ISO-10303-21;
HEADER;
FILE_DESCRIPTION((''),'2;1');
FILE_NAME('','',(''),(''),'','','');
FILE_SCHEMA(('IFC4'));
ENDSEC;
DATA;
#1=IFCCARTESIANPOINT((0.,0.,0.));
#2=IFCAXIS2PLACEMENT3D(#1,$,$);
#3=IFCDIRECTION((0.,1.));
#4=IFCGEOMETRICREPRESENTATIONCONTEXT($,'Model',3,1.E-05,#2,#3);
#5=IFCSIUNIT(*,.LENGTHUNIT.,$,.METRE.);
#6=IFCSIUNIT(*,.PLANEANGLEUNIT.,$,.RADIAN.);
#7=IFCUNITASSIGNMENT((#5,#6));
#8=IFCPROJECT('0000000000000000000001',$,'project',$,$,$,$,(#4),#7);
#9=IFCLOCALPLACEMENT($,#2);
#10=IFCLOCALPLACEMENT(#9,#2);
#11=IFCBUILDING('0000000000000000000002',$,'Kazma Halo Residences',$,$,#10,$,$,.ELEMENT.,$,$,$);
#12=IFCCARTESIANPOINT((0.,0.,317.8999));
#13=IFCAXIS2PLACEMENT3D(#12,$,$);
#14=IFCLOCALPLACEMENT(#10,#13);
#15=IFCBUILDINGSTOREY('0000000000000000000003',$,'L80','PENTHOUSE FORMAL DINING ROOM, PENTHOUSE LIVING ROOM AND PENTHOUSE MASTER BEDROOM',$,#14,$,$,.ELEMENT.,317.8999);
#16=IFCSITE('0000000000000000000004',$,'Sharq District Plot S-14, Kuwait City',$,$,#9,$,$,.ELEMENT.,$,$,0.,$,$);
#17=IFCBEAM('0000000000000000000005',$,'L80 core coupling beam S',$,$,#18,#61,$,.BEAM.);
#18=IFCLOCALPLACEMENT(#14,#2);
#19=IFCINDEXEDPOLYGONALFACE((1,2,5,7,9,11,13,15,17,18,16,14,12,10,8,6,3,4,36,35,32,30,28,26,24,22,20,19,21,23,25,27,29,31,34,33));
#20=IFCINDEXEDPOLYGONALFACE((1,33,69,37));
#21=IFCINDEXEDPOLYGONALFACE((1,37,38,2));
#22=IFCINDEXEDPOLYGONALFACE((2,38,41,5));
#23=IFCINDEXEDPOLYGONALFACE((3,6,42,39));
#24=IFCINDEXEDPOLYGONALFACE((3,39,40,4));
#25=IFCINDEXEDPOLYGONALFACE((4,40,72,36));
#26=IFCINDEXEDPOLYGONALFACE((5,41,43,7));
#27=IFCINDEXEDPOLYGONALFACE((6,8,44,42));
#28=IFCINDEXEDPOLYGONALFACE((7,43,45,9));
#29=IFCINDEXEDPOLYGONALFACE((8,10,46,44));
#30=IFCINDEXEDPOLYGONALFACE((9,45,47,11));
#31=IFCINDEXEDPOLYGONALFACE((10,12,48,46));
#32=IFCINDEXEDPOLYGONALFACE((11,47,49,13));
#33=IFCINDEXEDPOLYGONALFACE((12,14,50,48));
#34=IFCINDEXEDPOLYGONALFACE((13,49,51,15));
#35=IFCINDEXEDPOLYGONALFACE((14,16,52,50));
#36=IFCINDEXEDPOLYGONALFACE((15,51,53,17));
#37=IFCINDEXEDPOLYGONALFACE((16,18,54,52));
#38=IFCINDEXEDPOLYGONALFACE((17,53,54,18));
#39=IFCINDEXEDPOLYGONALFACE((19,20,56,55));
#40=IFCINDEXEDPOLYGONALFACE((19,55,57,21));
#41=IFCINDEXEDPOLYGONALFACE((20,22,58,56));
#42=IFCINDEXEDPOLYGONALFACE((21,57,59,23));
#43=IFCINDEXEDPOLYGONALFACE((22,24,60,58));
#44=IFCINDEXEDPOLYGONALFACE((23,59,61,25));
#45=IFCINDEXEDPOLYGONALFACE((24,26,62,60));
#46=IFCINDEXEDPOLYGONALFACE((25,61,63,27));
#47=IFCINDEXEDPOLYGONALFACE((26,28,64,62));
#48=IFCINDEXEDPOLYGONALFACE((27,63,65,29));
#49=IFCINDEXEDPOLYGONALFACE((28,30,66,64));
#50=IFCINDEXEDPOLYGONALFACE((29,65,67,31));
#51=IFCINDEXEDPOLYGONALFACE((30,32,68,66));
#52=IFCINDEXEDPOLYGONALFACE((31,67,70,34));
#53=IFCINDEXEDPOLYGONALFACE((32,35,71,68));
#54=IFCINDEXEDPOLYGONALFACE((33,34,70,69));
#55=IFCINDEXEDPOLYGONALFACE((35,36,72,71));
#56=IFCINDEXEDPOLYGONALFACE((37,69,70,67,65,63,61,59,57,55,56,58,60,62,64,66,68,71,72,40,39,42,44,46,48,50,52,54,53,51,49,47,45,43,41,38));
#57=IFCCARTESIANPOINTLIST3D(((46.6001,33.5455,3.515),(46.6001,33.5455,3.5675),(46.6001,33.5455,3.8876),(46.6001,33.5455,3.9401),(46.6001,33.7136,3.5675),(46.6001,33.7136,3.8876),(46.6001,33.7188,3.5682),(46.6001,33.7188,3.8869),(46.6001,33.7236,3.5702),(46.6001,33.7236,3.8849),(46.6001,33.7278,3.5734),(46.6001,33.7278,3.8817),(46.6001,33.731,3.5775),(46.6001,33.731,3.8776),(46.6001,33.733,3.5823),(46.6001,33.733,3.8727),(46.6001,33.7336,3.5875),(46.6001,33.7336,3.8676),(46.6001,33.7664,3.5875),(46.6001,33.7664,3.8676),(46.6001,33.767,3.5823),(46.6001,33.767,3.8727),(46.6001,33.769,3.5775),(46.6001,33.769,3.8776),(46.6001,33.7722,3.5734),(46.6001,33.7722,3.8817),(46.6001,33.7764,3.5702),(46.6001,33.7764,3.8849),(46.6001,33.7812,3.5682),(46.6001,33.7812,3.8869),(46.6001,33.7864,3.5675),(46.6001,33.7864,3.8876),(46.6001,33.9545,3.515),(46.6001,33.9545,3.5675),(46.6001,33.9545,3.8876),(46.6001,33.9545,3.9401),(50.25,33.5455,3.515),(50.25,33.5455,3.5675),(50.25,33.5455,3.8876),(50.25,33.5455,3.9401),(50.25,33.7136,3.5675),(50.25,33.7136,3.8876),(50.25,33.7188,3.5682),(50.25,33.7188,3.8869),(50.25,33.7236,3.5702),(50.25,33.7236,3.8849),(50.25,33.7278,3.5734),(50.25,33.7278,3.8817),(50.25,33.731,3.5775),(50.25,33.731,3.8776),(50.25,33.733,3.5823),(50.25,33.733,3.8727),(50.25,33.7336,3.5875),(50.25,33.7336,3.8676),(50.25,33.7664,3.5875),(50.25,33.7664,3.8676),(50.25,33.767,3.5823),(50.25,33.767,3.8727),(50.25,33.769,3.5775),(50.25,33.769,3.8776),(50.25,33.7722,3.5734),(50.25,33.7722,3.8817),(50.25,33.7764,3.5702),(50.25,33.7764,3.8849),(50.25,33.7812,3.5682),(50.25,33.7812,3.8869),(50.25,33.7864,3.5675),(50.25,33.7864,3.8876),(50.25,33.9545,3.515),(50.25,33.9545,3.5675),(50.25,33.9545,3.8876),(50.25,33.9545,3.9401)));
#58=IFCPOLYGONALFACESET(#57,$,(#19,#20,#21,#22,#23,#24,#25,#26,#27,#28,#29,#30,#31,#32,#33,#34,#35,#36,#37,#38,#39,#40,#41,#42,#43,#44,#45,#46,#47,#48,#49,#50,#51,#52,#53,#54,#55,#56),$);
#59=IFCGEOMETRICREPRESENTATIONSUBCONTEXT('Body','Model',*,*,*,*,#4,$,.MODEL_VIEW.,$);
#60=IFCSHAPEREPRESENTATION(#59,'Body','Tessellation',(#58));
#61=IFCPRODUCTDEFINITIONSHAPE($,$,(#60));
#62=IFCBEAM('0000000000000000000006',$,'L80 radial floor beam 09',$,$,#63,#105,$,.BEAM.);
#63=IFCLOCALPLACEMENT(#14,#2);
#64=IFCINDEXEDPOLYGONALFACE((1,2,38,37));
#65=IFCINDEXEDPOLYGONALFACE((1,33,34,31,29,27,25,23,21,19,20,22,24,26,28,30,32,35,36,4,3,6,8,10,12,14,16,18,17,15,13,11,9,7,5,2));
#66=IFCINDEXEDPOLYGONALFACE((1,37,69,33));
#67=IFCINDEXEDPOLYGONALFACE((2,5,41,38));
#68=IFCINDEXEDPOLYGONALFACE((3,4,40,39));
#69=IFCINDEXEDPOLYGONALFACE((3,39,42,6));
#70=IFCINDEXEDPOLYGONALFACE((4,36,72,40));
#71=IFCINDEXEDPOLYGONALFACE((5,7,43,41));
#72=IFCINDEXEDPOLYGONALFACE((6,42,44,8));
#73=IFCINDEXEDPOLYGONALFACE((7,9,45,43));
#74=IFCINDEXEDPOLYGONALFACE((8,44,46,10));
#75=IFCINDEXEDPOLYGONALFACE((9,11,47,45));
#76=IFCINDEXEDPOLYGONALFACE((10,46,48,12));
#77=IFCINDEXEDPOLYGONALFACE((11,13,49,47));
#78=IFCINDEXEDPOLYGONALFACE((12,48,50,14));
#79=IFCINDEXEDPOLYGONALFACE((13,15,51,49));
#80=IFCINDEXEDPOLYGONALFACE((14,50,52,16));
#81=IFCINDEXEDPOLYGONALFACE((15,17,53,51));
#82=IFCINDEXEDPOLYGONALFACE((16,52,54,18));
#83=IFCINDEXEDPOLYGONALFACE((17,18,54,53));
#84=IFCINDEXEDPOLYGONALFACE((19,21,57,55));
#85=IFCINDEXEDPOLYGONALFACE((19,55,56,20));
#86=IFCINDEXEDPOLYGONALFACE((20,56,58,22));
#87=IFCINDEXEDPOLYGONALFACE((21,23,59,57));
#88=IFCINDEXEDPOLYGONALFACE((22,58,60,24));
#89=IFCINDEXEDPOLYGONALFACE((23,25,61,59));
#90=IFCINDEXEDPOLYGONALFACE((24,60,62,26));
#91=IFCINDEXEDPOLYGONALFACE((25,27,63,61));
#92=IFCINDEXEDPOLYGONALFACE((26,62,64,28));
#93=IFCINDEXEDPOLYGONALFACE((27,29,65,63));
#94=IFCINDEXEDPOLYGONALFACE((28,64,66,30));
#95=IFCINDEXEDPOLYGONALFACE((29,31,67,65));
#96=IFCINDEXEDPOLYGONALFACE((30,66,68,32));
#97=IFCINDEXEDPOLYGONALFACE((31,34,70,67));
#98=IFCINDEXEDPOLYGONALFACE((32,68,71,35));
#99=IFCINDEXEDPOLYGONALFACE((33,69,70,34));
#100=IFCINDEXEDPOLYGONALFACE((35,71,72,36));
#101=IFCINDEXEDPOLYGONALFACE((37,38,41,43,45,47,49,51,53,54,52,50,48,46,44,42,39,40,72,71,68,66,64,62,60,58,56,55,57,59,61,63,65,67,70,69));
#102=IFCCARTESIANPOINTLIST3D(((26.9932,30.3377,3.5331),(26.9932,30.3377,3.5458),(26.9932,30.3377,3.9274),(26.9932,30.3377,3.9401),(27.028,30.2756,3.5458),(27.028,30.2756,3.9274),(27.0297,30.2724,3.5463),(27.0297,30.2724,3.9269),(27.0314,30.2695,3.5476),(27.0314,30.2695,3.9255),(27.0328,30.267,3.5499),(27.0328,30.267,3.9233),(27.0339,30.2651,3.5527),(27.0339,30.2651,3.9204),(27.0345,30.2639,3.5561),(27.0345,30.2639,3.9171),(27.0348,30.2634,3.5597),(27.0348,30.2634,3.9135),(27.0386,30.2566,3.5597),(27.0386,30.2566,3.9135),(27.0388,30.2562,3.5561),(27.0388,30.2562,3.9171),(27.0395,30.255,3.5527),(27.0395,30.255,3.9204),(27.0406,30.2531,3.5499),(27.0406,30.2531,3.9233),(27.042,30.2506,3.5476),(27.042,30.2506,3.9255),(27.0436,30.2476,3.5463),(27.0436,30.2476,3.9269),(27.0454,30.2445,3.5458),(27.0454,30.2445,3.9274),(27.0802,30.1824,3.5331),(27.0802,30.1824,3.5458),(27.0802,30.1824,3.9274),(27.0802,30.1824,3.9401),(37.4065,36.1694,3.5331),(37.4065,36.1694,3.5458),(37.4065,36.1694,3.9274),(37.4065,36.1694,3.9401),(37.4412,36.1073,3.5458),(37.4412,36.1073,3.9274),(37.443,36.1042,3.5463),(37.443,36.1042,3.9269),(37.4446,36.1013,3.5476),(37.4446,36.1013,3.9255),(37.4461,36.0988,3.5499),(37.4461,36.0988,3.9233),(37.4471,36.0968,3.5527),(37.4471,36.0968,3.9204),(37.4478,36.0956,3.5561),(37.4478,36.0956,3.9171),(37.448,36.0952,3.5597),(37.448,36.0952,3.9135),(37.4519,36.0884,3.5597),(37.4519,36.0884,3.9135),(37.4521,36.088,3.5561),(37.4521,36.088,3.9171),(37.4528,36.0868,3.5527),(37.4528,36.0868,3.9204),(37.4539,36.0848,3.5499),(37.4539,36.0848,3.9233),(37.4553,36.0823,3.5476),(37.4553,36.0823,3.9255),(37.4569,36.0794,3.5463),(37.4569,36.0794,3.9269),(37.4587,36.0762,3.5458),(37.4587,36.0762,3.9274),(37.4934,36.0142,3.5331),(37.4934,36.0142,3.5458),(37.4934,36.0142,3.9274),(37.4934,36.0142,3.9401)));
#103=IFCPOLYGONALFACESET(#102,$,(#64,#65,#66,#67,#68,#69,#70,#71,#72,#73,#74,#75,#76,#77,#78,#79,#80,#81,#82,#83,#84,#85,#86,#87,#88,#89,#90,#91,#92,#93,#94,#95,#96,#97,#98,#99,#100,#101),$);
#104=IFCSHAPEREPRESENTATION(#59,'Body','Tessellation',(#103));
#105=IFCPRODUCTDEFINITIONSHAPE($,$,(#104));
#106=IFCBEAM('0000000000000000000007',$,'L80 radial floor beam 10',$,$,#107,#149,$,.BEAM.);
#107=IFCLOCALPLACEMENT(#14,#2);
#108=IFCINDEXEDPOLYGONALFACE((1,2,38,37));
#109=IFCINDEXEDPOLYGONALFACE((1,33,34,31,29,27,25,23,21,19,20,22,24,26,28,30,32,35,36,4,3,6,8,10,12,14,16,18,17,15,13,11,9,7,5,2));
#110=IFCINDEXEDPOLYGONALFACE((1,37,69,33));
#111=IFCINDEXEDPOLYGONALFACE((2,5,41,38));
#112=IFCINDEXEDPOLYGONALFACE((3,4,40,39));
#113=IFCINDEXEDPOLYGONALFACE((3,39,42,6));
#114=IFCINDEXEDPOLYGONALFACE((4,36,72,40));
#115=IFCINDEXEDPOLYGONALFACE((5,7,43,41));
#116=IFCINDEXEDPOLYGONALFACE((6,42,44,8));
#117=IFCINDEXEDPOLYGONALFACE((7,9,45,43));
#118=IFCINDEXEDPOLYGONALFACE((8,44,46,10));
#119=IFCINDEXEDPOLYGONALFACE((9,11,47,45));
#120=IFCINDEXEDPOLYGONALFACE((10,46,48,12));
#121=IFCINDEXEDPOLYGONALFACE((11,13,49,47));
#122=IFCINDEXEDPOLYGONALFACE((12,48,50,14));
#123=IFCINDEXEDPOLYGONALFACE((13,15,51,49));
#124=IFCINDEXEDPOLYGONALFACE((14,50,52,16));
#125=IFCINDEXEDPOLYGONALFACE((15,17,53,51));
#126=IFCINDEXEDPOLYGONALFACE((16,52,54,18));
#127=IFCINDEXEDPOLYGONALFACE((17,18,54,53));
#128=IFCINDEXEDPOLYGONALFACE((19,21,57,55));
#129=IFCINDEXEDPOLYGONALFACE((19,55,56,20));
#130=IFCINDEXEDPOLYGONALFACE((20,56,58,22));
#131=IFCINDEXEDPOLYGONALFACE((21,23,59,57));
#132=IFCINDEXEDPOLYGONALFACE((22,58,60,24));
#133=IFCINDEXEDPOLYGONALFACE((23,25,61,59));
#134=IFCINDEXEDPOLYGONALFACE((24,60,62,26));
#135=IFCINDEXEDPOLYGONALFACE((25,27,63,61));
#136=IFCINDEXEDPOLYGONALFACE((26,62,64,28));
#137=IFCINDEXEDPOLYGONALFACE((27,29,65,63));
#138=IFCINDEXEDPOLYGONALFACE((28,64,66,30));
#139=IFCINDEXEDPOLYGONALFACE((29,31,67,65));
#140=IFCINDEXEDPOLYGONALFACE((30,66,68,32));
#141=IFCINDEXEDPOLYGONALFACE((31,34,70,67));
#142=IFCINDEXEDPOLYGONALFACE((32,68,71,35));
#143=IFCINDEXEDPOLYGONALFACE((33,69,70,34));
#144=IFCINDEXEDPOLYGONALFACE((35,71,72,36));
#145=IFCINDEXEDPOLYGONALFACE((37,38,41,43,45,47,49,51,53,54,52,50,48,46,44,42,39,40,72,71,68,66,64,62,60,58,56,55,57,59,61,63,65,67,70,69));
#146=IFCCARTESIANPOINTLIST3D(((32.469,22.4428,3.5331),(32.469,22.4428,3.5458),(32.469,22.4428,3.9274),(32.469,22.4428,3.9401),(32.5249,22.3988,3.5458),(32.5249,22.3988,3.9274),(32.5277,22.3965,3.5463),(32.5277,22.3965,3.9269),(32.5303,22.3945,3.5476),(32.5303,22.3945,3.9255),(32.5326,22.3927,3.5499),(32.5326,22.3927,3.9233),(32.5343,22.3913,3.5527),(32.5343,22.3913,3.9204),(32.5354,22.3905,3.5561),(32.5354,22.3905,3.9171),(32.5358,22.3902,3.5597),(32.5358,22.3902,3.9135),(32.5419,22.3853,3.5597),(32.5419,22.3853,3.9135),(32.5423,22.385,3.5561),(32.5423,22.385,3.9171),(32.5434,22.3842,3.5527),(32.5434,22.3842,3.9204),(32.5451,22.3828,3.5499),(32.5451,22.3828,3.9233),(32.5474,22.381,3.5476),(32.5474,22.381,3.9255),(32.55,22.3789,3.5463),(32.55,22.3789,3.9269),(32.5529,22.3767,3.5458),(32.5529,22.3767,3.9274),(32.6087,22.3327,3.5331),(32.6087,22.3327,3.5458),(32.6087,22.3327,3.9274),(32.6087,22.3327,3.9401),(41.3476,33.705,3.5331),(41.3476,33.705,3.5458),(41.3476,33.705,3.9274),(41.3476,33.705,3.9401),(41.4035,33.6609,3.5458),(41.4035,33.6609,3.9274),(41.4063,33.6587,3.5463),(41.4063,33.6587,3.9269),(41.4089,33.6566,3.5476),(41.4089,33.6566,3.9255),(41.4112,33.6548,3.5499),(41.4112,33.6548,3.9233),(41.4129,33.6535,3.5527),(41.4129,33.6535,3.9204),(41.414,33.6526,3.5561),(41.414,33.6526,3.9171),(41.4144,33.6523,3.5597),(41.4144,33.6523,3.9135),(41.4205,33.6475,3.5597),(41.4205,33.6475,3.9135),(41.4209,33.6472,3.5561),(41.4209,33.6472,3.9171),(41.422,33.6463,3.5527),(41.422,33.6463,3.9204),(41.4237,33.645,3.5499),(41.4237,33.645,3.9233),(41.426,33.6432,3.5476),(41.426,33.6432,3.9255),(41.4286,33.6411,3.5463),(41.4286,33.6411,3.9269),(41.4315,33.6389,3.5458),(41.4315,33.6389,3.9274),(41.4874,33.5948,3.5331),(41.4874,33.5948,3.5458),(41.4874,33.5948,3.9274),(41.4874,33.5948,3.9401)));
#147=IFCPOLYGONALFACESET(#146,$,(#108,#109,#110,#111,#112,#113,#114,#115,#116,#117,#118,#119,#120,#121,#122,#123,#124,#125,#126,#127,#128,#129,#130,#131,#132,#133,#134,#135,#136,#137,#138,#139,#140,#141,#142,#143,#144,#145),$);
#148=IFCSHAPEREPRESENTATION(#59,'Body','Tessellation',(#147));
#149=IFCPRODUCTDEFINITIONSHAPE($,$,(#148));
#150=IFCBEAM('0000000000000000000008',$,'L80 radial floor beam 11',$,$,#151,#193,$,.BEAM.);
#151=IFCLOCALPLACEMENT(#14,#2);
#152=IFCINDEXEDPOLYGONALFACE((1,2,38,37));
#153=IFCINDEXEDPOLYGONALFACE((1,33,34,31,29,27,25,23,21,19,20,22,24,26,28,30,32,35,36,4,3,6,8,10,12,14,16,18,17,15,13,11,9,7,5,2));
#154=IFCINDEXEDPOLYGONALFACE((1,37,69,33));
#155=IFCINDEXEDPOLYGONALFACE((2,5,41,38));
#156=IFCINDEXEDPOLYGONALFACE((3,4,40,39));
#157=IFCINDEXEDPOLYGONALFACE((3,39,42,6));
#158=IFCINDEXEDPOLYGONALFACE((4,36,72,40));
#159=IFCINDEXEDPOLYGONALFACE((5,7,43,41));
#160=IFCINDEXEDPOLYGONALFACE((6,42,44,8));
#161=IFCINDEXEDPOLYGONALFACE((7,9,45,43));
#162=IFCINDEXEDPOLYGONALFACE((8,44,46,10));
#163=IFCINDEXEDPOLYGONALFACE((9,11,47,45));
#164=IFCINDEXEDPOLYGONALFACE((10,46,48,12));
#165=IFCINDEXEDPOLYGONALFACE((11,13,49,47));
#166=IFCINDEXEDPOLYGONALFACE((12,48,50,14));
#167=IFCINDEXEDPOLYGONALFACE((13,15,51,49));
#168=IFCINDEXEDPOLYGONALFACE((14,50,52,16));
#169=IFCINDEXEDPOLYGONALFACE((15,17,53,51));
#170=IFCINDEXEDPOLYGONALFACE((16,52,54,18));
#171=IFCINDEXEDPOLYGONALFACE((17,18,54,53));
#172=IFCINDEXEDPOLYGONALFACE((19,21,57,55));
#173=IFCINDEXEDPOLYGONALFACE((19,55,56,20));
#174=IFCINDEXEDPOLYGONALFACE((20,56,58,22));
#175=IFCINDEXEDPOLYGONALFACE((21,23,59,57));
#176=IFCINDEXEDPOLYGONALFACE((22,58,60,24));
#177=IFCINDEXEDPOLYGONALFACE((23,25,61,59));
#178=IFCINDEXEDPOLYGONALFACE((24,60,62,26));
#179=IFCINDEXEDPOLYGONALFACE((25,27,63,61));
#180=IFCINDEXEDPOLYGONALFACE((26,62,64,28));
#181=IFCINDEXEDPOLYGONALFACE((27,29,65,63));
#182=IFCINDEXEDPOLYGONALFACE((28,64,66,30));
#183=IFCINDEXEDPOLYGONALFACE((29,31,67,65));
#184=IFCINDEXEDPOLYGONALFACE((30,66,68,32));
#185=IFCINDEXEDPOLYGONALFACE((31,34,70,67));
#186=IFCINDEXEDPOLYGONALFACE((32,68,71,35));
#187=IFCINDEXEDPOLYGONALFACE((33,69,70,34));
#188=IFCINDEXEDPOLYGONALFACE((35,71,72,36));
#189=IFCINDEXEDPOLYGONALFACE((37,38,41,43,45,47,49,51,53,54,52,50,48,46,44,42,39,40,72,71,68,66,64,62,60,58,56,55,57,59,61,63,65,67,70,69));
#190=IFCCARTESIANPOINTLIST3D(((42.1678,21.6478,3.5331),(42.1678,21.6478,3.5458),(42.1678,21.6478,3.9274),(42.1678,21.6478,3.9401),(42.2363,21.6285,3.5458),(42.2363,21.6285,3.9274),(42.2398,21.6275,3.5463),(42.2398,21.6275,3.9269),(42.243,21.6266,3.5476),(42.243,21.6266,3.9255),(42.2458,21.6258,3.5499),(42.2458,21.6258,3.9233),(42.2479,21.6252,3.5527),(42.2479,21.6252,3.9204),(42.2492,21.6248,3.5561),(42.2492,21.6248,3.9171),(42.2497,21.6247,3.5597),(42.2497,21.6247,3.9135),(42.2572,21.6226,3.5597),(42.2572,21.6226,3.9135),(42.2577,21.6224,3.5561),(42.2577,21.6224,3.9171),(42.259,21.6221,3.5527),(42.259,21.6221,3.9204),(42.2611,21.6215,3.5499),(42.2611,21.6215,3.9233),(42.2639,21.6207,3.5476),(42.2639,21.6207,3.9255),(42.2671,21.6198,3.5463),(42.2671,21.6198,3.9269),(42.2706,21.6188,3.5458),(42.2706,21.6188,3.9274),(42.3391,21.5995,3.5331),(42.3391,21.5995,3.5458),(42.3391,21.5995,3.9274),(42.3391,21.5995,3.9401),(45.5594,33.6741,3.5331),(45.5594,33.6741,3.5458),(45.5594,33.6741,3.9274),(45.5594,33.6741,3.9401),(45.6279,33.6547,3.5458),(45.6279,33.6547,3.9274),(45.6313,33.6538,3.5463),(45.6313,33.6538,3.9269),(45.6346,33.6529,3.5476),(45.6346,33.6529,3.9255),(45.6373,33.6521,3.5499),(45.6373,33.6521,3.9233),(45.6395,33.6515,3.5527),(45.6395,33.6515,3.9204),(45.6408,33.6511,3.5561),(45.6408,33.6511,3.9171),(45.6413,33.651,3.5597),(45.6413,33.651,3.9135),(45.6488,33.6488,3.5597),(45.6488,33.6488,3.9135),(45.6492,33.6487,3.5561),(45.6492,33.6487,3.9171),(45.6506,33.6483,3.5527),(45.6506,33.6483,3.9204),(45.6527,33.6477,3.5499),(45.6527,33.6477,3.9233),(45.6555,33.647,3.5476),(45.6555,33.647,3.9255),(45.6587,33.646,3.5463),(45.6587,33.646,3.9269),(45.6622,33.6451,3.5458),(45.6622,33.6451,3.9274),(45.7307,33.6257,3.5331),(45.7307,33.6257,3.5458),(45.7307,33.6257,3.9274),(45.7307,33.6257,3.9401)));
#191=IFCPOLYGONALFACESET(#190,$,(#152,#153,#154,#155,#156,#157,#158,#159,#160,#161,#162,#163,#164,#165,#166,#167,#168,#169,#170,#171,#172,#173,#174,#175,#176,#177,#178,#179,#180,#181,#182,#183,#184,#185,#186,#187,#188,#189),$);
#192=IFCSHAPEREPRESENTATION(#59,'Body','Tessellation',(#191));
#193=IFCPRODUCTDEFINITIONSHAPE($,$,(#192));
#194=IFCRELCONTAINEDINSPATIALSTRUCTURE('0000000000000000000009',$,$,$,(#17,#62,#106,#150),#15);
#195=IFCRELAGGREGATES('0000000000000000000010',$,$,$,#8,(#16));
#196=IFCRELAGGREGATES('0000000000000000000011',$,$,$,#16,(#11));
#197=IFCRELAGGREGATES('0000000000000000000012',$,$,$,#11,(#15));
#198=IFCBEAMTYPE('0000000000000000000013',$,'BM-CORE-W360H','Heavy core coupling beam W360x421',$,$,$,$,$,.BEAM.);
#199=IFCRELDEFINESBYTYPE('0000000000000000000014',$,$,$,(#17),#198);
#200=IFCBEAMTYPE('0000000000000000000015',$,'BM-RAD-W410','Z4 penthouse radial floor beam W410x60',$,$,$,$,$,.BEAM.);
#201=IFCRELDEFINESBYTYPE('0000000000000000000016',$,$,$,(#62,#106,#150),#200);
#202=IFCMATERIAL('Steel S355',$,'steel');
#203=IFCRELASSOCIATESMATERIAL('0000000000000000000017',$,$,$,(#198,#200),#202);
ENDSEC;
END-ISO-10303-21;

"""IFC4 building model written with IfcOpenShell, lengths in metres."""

from ifc_helpers import new_model, si_unit, direction, frame, origin, origin_2d, place, context, subcontext, project, spatial, i_section, extrude, material, material_profile, profile_set, type_object, element, save


model = new_model("IFC4")

# Units and contexts
model_context = context("Model", 3, precision=1e-05, world=origin(), true_north=direction((0.0, 1.0)))
body_context = subcontext(model_context, "Body", "Model", "MODEL_VIEW")
ifc_project = project(units=[si_unit("LENGTHUNIT", "METRE"), si_unit("PLANEANGLEUNIT", "RADIAN")], contexts=[model_context])

# Site, building, storey
site_placement = place(None, origin())
site = spatial("IfcSite", under=ifc_project, at=site_placement, Name="Sharq District Plot S-14, Kuwait City", CompositionType="ELEMENT", RefElevation=0.0)
building_placement = place(site_placement, origin())
building = spatial("IfcBuilding", under=site, at=building_placement, Name="Kazma Halo Residences", CompositionType="ELEMENT")
storey_placement = place(building_placement, frame((0.0, 0.0, 317.8999)))
storey = spatial("IfcBuildingStorey", under=building, at=storey_placement, Name="L80", Description="PENTHOUSE FORMAL DINING ROOM, PENTHOUSE LIVING ROOM AND PENTHOUSE MASTER BEDROOM", CompositionType="ELEMENT", Elevation=317.8999)

# Beams
ifc_material_1 = material(Name="Steel S355", Category="steel")
ifc_material_profile_1 = material_profile(ifc_material_1, i_section(OverallWidth=0.4089, OverallDepth=0.425, WebThickness=0.0327, FlangeThickness=0.0525, FilletRadius=0.02, at=origin_2d()), Name="W360x421")
ifc_profile_set_1 = profile_set([ifc_material_profile_1], Name="Steel S355")
beam_type_1 = type_object("IfcBeamType", Name="BM-CORE-W360H", Description="Heavy core coupling beam W360x421", PredefinedType="BEAM", material=ifc_profile_set_1)
beam_1_placement = place(storey_placement, frame((46.6001, 33.75, 3.7275), z_axis=(1.0, 0.0, 0.0), x_axis=(0.0, 1.0, 0.0)))
element("IfcBeam", 1, at=beam_1_placement, inside=storey, type_object=beam_type_1, Name="L80 core coupling beam S", PredefinedType="BEAM", context=body_context, shape_type="SweptSolid", body=[
    extrude(i_section(OverallWidth=0.4089, OverallDepth=0.425, WebThickness=0.0327, FlangeThickness=0.0525, FilletRadius=0.02, at=origin_2d()), origin(), (0.0, 0.0, 1.0), 3.6499),
])
ifc_material_profile_2 = material_profile(ifc_material_1, i_section(OverallWidth=0.178, OverallDepth=0.407, WebThickness=0.0078, FlangeThickness=0.0127, FilletRadius=0.0139, at=origin_2d()), Name="W410x60")
ifc_profile_set_2 = profile_set([ifc_material_profile_2], Name="Steel S355")
beam_type_2 = type_object("IfcBeamType", Name="BM-RAD-W410", Description="Z4 penthouse radial floor beam W410x60", PredefinedType="BEAM", material=ifc_profile_set_2)
beam_2_placement = place(storey_placement, frame((37.45, 36.0918, 3.7366), z_axis=(-0.872495, -0.488624, 0.0), x_axis=(0.488624, -0.872495, 0.0)))
element("IfcBeam", 2, at=beam_2_placement, inside=storey, type_object=beam_type_2, Name="L80 radial floor beam 09", PredefinedType="BEAM", context=body_context, shape_type="SweptSolid", body=[
    extrude(i_section(OverallWidth=0.178, OverallDepth=0.407, WebThickness=0.0078, FlangeThickness=0.0127, FilletRadius=0.0139, at=origin_2d()), origin(), (0.0, 0.0, 1.0), 11.9351),
])
beam_3_placement = place(storey_placement, frame((41.4175, 33.6499, 3.7366), z_axis=(-0.619105, -0.785308, 0.0), x_axis=(0.785308, -0.619105, 0.0)))
element("IfcBeam", 3, at=beam_3_placement, inside=storey, type_object=beam_type_2, Name="L80 radial floor beam 10", PredefinedType="BEAM", context=body_context, shape_type="SweptSolid", body=[
    extrude(i_section(OverallWidth=0.178, OverallDepth=0.407, WebThickness=0.0078, FlangeThickness=0.0127, FilletRadius=0.0139, at=origin_2d()), origin(), (0.0, 0.0, 1.0), 14.3411),
])
beam_4_placement = place(storey_placement, frame((45.645, 33.6499, 3.7366), z_axis=(-0.271427, -0.962459, 0.0), x_axis=(0.962459, -0.271427, 0.0)))
element("IfcBeam", 4, at=beam_4_placement, inside=storey, type_object=beam_type_2, Name="L80 radial floor beam 11", PredefinedType="BEAM", context=body_context, shape_type="SweptSolid", body=[
    extrude(i_section(OverallWidth=0.178, OverallDepth=0.407, WebThickness=0.0078, FlangeThickness=0.0127, FilletRadius=0.0139, at=origin_2d()), origin(), (0.0, 0.0, 1.0), 12.4954),
])

save(model, "model.ifc")
